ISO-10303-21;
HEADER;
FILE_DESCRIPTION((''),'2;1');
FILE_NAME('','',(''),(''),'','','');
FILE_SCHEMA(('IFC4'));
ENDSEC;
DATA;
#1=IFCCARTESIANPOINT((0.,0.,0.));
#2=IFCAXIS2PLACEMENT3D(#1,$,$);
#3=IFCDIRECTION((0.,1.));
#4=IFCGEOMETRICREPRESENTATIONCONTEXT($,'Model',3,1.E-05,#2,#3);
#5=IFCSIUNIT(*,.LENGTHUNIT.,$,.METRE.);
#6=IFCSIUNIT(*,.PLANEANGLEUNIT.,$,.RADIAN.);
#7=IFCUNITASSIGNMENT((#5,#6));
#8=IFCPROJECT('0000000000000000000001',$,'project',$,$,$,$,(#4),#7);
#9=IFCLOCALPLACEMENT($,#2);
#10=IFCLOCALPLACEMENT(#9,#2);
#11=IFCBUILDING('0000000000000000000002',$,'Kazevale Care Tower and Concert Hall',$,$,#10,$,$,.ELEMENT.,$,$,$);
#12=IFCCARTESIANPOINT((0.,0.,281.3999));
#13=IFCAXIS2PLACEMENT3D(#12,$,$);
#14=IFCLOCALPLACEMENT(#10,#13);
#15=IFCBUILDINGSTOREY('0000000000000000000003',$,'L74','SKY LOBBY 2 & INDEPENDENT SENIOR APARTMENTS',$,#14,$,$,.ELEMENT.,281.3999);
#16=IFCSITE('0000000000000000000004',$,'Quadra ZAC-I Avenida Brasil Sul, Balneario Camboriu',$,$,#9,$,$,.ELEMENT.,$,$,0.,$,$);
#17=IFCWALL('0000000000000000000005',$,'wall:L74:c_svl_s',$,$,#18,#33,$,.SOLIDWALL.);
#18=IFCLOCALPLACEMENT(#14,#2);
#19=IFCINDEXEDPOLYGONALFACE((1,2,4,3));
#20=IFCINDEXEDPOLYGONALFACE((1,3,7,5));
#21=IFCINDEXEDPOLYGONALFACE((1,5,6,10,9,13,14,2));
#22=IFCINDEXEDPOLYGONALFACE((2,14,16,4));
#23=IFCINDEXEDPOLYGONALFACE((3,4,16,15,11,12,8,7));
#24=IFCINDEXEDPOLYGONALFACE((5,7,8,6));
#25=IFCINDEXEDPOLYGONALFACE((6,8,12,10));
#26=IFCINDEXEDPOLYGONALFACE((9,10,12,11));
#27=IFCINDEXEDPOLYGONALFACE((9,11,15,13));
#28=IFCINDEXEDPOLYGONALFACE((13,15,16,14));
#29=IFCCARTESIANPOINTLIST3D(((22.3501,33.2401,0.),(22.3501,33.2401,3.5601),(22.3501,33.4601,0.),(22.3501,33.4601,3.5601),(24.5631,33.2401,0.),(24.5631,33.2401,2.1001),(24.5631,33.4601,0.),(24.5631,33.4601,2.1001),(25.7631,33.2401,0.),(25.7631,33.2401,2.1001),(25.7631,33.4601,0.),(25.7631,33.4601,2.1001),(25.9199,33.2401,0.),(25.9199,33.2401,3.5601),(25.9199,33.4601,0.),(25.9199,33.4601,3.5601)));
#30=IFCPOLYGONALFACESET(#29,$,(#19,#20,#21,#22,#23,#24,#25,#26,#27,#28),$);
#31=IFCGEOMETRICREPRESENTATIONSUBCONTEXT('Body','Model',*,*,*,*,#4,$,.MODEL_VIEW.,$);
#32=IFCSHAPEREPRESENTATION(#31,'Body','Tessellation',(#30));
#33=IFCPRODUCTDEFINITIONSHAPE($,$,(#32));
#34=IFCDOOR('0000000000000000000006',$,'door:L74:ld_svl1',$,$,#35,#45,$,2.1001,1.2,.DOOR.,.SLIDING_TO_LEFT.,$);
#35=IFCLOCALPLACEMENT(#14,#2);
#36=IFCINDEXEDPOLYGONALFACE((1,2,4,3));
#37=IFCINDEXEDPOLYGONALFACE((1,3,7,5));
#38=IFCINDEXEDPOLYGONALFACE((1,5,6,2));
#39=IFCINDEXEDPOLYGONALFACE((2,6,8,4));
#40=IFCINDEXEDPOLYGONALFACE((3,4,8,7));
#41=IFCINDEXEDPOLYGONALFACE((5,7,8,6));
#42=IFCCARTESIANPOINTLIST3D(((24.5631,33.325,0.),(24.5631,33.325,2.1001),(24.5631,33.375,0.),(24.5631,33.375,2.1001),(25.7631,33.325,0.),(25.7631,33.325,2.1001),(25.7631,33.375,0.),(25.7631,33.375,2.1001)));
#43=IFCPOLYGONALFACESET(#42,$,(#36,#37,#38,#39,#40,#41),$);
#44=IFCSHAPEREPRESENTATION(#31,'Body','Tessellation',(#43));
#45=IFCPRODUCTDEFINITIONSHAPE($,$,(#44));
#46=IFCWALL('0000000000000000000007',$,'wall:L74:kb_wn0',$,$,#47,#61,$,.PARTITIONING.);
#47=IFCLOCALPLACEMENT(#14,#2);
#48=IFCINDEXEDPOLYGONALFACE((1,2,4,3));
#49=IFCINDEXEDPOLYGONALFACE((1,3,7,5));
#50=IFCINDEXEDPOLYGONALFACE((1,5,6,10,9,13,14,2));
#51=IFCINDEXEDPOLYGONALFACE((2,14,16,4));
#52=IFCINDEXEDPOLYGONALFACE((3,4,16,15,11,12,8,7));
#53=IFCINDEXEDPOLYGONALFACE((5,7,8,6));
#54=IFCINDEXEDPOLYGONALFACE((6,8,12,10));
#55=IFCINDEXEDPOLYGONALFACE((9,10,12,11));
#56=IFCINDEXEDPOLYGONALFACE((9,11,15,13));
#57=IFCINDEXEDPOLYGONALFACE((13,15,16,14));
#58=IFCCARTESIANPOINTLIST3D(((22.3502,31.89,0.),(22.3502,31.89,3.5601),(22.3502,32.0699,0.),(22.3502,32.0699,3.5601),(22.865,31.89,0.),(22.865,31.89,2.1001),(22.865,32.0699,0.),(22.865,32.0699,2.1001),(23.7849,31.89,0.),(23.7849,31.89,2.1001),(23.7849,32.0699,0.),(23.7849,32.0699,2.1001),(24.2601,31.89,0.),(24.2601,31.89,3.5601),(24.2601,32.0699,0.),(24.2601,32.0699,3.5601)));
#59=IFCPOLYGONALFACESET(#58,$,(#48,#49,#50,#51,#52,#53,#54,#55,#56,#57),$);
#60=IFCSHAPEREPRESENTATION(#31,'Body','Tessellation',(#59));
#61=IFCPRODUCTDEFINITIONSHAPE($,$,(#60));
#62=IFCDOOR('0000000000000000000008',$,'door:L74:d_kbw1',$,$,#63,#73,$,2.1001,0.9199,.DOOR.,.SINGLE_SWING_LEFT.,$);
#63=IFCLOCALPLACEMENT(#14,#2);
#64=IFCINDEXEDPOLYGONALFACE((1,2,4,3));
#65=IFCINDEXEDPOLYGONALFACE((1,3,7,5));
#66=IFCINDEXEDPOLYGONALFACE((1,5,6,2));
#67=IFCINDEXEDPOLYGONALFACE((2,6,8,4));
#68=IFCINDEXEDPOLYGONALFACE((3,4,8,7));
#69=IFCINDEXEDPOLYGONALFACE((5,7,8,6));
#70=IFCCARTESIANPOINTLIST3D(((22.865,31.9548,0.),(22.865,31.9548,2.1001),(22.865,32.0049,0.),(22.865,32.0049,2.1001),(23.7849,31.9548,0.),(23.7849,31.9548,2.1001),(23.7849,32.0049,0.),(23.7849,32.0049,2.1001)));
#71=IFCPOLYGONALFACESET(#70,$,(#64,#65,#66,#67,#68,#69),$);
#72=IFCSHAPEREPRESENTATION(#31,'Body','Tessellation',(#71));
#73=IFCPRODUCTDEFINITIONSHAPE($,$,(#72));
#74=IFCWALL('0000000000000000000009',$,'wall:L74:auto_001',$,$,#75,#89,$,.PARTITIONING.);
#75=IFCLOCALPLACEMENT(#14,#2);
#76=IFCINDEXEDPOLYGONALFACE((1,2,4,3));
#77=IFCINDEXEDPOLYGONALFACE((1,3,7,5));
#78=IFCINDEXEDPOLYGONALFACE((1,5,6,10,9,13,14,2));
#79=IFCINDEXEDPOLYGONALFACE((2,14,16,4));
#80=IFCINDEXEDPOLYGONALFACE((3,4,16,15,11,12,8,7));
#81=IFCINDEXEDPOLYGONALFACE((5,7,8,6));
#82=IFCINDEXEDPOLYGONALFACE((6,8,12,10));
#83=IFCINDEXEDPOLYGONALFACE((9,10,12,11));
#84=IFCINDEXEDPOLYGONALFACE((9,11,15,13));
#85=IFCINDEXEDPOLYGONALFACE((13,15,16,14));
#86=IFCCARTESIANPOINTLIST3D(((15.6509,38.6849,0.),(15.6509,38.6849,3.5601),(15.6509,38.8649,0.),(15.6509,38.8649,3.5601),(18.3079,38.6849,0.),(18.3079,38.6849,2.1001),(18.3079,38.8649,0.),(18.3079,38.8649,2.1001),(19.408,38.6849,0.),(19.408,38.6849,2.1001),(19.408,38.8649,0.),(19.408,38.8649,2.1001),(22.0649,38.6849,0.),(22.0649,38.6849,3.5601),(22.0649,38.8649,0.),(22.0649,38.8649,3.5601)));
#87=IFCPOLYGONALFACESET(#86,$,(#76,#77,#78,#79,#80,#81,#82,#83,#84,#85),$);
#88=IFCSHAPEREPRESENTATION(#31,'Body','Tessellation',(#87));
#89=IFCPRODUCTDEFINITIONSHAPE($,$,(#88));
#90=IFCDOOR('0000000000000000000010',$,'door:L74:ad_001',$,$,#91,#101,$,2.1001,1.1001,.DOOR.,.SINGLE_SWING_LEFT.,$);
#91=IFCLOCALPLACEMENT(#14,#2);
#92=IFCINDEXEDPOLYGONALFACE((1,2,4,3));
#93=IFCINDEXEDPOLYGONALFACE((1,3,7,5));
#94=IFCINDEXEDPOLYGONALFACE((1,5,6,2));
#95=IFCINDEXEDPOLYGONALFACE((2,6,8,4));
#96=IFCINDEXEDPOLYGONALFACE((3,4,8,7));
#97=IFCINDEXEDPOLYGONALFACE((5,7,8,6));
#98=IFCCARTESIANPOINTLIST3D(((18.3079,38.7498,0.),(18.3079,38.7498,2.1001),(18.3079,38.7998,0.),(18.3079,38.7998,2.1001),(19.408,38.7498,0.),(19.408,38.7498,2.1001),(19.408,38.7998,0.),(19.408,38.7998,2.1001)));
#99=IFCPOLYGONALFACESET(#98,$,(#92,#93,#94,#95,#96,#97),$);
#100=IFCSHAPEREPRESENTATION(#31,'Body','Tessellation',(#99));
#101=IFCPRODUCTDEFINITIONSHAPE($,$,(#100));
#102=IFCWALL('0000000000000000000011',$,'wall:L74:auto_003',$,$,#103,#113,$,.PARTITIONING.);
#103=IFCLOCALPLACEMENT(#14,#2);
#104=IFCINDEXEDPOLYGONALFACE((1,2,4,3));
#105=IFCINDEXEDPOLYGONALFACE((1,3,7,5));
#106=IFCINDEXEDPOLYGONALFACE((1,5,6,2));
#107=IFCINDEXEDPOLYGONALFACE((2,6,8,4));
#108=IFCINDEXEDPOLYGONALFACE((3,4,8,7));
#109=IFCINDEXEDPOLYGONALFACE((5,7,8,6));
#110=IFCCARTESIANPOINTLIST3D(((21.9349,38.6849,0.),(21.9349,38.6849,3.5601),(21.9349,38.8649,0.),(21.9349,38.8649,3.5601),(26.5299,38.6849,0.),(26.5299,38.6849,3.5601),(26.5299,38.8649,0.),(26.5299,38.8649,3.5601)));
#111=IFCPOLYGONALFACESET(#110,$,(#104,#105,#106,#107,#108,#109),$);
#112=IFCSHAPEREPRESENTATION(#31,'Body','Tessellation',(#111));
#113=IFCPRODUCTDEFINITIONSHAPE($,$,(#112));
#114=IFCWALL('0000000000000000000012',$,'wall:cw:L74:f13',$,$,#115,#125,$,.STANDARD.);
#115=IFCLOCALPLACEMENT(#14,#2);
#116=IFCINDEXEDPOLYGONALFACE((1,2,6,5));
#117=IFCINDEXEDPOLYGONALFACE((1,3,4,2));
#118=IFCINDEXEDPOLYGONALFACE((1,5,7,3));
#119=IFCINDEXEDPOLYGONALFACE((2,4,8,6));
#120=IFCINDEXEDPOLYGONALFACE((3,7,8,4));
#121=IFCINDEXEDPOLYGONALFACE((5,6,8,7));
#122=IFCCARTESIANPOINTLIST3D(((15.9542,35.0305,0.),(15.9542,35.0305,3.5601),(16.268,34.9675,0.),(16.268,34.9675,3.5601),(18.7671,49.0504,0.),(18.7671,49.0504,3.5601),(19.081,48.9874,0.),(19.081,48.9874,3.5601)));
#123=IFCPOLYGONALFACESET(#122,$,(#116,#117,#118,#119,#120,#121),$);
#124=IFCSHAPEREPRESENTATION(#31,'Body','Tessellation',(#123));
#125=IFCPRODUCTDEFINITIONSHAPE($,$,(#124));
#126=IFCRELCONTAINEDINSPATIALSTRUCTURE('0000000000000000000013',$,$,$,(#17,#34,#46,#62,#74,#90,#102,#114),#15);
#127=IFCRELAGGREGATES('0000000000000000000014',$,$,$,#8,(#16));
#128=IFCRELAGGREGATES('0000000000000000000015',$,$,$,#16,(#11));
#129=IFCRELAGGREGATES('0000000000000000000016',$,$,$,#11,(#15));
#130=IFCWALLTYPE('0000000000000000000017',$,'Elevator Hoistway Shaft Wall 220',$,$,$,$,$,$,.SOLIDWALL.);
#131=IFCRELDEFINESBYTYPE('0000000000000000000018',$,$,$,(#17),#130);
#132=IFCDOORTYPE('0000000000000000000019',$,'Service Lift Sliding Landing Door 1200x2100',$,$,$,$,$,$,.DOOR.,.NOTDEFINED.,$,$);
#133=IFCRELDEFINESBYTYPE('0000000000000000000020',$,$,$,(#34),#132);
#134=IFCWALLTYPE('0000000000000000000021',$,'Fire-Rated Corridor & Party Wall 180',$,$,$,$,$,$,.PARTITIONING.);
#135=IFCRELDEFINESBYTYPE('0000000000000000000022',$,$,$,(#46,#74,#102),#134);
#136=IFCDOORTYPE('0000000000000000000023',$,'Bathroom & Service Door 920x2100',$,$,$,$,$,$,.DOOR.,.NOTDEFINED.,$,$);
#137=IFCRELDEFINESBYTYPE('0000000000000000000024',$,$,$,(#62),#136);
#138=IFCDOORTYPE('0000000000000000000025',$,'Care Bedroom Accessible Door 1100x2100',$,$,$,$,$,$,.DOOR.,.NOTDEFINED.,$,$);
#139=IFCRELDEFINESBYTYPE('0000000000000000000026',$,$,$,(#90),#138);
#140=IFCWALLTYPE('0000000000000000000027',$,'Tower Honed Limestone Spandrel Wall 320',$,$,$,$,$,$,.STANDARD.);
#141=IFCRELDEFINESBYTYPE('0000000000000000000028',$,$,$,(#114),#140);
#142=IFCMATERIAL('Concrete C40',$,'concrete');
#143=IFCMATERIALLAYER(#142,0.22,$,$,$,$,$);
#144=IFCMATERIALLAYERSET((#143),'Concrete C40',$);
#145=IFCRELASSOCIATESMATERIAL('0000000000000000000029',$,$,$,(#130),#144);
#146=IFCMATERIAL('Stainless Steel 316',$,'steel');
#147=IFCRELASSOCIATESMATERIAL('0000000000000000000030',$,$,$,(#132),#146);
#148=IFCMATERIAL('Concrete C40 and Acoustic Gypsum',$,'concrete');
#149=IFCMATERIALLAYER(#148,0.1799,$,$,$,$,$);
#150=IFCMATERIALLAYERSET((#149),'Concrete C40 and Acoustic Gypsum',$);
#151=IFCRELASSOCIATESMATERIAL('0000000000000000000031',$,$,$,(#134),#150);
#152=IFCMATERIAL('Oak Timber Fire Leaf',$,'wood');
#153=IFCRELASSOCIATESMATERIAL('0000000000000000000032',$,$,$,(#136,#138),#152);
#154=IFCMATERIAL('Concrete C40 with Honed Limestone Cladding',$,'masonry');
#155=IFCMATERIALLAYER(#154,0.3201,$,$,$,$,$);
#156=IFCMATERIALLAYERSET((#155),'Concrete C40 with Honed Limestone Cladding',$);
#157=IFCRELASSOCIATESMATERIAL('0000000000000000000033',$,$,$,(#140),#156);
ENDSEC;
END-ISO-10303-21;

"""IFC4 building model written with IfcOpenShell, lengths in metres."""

from ifc_helpers import new_model, si_unit, direction, frame, frame_2d, origin, place, context, subcontext, project, spatial, rectangle, extrude, material, layer, layer_set, type_object, element, fill, save


model = new_model("IFC4")

# Units and contexts
model_context = context("Model", 3, precision=1e-05, world=origin(), true_north=direction((0.0, 1.0)))
body_context = subcontext(model_context, "Body", "Model", "MODEL_VIEW")
ifc_project = project(units=[si_unit("LENGTHUNIT", "METRE"), si_unit("PLANEANGLEUNIT", "RADIAN")], contexts=[model_context])

# Site, building, storey
site_placement = place(None, origin())
site = spatial("IfcSite", under=ifc_project, at=site_placement, Name="Quadra ZAC-I Avenida Brasil Sul, Balneario Camboriu", CompositionType="ELEMENT", RefElevation=0.0)
building_placement = place(site_placement, origin())
building = spatial("IfcBuilding", under=site, at=building_placement, Name="Kazevale Care Tower and Concert Hall", CompositionType="ELEMENT")
storey_placement = place(building_placement, frame((0.0, 0.0, 281.3999)))
storey = spatial("IfcBuildingStorey", under=building, at=storey_placement, Name="L74", Description="SKY LOBBY 2 & INDEPENDENT SENIOR APARTMENTS", CompositionType="ELEMENT", Elevation=281.3999)

# Walls, openings, doors
ifc_material_1 = material(Name="Concrete C40", Category="concrete")
ifc_layer_1 = layer(ifc_material_1, 0.22)
ifc_layer_set_1 = layer_set([ifc_layer_1], Name="Concrete C40")
wall_type_1 = type_object("IfcWallType", Name="Elevator Hoistway Shaft Wall 220", PredefinedType="SOLIDWALL", material=ifc_layer_set_1)
wall_1_placement = place(storey_placement, frame((22.3501, 33.3501, 0.0), z_axis=(0.0, 0.0, 1.0), x_axis=(1.0, 0.0, 0.0)))
wall_1 = element("IfcWall", 1, at=wall_1_placement, inside=storey, type_object=wall_type_1, Name="wall:L74:c_svl_s", PredefinedType="SOLIDWALL", context=body_context, shape_type="SweptSolid", body=[
    extrude(rectangle(XDim=3.5698, YDim=0.22, at=frame_2d((1.7849, 0.0))), origin(), (0.0, 0.0, 1.0), 3.5601),
])
opening_1_placement = place(wall_1_placement, frame((2.2129, 0.0, 0.0)))
opening_1 = element("IfcOpeningElement", 2, at=opening_1_placement, cuts=wall_1, PredefinedType="OPENING", context=body_context, shape_type="SweptSolid", body=[
    extrude(rectangle(XDim=1.2, YDim=2.1001, at=frame_2d((0.6001, 1.05))), frame((0.0, 0.1199, 0.0), z_axis=(0.0, -1.0, 0.0), x_axis=(1.0, 0.0, 0.0)), (0.0, 0.0, 1.0), 0.24),
])
ifc_material_2 = material(Name="Stainless Steel 316", Category="steel")
door_type_1 = type_object("IfcDoorType", Name="Service Lift Sliding Landing Door 1200x2100", OperationType="NOTDEFINED", PredefinedType="DOOR", material=ifc_material_2)
door_1_placement = place(opening_1_placement, origin())
door_1 = element("IfcDoor", 3, at=door_1_placement, inside=storey, type_object=door_type_1, Name="door:L74:ld_svl1", OperationType="SLIDING_TO_LEFT", OverallHeight=2.1001, OverallWidth=1.2, PredefinedType="DOOR", context=body_context, shape_type="SweptSolid", body=[
    extrude(rectangle(XDim=1.2, YDim=2.1001, at=frame_2d((0.6001, 1.05))), frame((0.0, 0.0249, 0.0), z_axis=(0.0, -1.0, 0.0), x_axis=(1.0, 0.0, 0.0)), (0.0, 0.0, 1.0), 0.05),
])
fill(opening_1, door_1)
ifc_material_3 = material(Name="Concrete C40 and Acoustic Gypsum", Category="concrete")
ifc_layer_2 = layer(ifc_material_3, 0.1799)
ifc_layer_set_2 = layer_set([ifc_layer_2], Name="Concrete C40 and Acoustic Gypsum")
wall_type_2 = type_object("IfcWallType", Name="Fire-Rated Corridor & Party Wall 180", PredefinedType="PARTITIONING", material=ifc_layer_set_2)
wall_2_placement = place(storey_placement, frame((22.3501, 31.98, 0.0), z_axis=(0.0, 0.0, 1.0), x_axis=(1.0, 0.0, 0.0)))
wall_2 = element("IfcWall", 4, at=wall_2_placement, inside=storey, type_object=wall_type_2, Name="wall:L74:kb_wn0", PredefinedType="PARTITIONING", context=body_context, shape_type="SweptSolid", body=[
    extrude(rectangle(XDim=1.9099, YDim=0.1799, at=frame_2d((0.9551, 0.0))), origin(), (0.0, 0.0, 1.0), 3.5601),
])
opening_2_placement = place(wall_2_placement, frame((0.5149, 0.0, 0.0)))
opening_2 = element("IfcOpeningElement", 5, at=opening_2_placement, cuts=wall_2, PredefinedType="OPENING", context=body_context, shape_type="SweptSolid", body=[
    extrude(rectangle(XDim=0.9199, YDim=2.1001, at=frame_2d((0.46, 1.05))), frame((0.0, 0.0999, 0.0), z_axis=(0.0, -1.0, 0.0), x_axis=(1.0, 0.0, 0.0)), (0.0, 0.0, 1.0), 0.2),
])
ifc_material_4 = material(Name="Oak Timber Fire Leaf", Category="wood")
door_type_2 = type_object("IfcDoorType", Name="Bathroom & Service Door 920x2100", OperationType="NOTDEFINED", PredefinedType="DOOR", material=ifc_material_4)
door_2_placement = place(opening_2_placement, origin())
door_2 = element("IfcDoor", 6, at=door_2_placement, inside=storey, type_object=door_type_2, Name="door:L74:d_kbw1", OperationType="SINGLE_SWING_LEFT", OverallHeight=2.1001, OverallWidth=0.9199, PredefinedType="DOOR", context=body_context, shape_type="SweptSolid", body=[
    extrude(rectangle(XDim=0.9199, YDim=2.1001, at=frame_2d((0.46, 1.05))), frame((0.0, 0.0249, 0.0), z_axis=(0.0, -1.0, 0.0), x_axis=(1.0, 0.0, 0.0)), (0.0, 0.0, 1.0), 0.05),
])
fill(opening_2, door_2)
wall_3_placement = place(storey_placement, frame((15.6509, 38.7749, 0.0), z_axis=(0.0, 0.0, 1.0), x_axis=(1.0, 0.0, 0.0)))
wall_3 = element("IfcWall", 7, at=wall_3_placement, inside=storey, type_object=wall_type_2, Name="wall:L74:auto_001", PredefinedType="PARTITIONING", context=body_context, shape_type="SweptSolid", body=[
    extrude(rectangle(XDim=6.4141, YDim=0.1799, at=frame_2d((3.207, 0.0))), origin(), (0.0, 0.0, 1.0), 3.5601),
])
opening_3_placement = place(wall_3_placement, frame((2.657, 0.0, 0.0)))
opening_3 = element("IfcOpeningElement", 8, at=opening_3_placement, cuts=wall_3, PredefinedType="OPENING", context=body_context, shape_type="SweptSolid", body=[
    extrude(rectangle(XDim=1.1001, YDim=2.1001, at=frame_2d((0.55, 1.05))), frame((0.0, 0.0999, 0.0), z_axis=(0.0, -1.0, 0.0), x_axis=(1.0, 0.0, 0.0)), (0.0, 0.0, 1.0), 0.2),
])
door_type_3 = type_object("IfcDoorType", Name="Care Bedroom Accessible Door 1100x2100", OperationType="NOTDEFINED", PredefinedType="DOOR", material=ifc_material_4)
door_3_placement = place(opening_3_placement, origin())
door_3 = element("IfcDoor", 9, at=door_3_placement, inside=storey, type_object=door_type_3, Name="door:L74:ad_001", OperationType="SINGLE_SWING_LEFT", OverallHeight=2.1001, OverallWidth=1.1001, PredefinedType="DOOR", context=body_context, shape_type="SweptSolid", body=[
    extrude(rectangle(XDim=1.1001, YDim=2.1001, at=frame_2d((0.55, 1.05))), frame((0.0, 0.0249, 0.0), z_axis=(0.0, -1.0, 0.0), x_axis=(1.0, 0.0, 0.0)), (0.0, 0.0, 1.0), 0.05),
])
fill(opening_3, door_3)

# Walls
wall_4_placement = place(storey_placement, frame((21.9351, 38.7749, 0.0), z_axis=(0.0, 0.0, 1.0), x_axis=(1.0, 0.0, 0.0)))
element("IfcWall", 10, at=wall_4_placement, inside=storey, type_object=wall_type_2, Name="wall:L74:auto_003", PredefinedType="PARTITIONING", context=body_context, shape_type="SweptSolid", body=[
    extrude(rectangle(XDim=4.595, YDim=0.1799, at=frame_2d((2.2974, 0.0))), origin(), (0.0, 0.0, 1.0), 3.5601),
])
ifc_material_5 = material(Name="Concrete C40 with Honed Limestone Cladding", Category="masonry")
ifc_layer_3 = layer(ifc_material_5, 0.3201)
ifc_layer_set_3 = layer_set([ifc_layer_3], Name="Concrete C40 with Honed Limestone Cladding")
wall_type_3 = type_object("IfcWallType", Name="Tower Honed Limestone Spandrel Wall 320", PredefinedType="STANDARD", material=ifc_layer_set_3)
wall_5_placement = place(storey_placement, frame((16.1111, 34.999, 0.0), z_axis=(0.0, 0.0, 1.0), x_axis=(0.19672, 0.98046, 0.0)))
element("IfcWall", 11, at=wall_5_placement, inside=storey, type_object=wall_type_3, Name="wall:cw:L74:f13", PredefinedType="STANDARD", context=body_context, shape_type="SweptSolid", body=[
    extrude(rectangle(XDim=14.2993, YDim=0.3201, at=frame_2d((7.1497, 0.0))), origin(), (0.0, 0.0, 1.0), 3.5601),
])

save(model, "model.ifc")
